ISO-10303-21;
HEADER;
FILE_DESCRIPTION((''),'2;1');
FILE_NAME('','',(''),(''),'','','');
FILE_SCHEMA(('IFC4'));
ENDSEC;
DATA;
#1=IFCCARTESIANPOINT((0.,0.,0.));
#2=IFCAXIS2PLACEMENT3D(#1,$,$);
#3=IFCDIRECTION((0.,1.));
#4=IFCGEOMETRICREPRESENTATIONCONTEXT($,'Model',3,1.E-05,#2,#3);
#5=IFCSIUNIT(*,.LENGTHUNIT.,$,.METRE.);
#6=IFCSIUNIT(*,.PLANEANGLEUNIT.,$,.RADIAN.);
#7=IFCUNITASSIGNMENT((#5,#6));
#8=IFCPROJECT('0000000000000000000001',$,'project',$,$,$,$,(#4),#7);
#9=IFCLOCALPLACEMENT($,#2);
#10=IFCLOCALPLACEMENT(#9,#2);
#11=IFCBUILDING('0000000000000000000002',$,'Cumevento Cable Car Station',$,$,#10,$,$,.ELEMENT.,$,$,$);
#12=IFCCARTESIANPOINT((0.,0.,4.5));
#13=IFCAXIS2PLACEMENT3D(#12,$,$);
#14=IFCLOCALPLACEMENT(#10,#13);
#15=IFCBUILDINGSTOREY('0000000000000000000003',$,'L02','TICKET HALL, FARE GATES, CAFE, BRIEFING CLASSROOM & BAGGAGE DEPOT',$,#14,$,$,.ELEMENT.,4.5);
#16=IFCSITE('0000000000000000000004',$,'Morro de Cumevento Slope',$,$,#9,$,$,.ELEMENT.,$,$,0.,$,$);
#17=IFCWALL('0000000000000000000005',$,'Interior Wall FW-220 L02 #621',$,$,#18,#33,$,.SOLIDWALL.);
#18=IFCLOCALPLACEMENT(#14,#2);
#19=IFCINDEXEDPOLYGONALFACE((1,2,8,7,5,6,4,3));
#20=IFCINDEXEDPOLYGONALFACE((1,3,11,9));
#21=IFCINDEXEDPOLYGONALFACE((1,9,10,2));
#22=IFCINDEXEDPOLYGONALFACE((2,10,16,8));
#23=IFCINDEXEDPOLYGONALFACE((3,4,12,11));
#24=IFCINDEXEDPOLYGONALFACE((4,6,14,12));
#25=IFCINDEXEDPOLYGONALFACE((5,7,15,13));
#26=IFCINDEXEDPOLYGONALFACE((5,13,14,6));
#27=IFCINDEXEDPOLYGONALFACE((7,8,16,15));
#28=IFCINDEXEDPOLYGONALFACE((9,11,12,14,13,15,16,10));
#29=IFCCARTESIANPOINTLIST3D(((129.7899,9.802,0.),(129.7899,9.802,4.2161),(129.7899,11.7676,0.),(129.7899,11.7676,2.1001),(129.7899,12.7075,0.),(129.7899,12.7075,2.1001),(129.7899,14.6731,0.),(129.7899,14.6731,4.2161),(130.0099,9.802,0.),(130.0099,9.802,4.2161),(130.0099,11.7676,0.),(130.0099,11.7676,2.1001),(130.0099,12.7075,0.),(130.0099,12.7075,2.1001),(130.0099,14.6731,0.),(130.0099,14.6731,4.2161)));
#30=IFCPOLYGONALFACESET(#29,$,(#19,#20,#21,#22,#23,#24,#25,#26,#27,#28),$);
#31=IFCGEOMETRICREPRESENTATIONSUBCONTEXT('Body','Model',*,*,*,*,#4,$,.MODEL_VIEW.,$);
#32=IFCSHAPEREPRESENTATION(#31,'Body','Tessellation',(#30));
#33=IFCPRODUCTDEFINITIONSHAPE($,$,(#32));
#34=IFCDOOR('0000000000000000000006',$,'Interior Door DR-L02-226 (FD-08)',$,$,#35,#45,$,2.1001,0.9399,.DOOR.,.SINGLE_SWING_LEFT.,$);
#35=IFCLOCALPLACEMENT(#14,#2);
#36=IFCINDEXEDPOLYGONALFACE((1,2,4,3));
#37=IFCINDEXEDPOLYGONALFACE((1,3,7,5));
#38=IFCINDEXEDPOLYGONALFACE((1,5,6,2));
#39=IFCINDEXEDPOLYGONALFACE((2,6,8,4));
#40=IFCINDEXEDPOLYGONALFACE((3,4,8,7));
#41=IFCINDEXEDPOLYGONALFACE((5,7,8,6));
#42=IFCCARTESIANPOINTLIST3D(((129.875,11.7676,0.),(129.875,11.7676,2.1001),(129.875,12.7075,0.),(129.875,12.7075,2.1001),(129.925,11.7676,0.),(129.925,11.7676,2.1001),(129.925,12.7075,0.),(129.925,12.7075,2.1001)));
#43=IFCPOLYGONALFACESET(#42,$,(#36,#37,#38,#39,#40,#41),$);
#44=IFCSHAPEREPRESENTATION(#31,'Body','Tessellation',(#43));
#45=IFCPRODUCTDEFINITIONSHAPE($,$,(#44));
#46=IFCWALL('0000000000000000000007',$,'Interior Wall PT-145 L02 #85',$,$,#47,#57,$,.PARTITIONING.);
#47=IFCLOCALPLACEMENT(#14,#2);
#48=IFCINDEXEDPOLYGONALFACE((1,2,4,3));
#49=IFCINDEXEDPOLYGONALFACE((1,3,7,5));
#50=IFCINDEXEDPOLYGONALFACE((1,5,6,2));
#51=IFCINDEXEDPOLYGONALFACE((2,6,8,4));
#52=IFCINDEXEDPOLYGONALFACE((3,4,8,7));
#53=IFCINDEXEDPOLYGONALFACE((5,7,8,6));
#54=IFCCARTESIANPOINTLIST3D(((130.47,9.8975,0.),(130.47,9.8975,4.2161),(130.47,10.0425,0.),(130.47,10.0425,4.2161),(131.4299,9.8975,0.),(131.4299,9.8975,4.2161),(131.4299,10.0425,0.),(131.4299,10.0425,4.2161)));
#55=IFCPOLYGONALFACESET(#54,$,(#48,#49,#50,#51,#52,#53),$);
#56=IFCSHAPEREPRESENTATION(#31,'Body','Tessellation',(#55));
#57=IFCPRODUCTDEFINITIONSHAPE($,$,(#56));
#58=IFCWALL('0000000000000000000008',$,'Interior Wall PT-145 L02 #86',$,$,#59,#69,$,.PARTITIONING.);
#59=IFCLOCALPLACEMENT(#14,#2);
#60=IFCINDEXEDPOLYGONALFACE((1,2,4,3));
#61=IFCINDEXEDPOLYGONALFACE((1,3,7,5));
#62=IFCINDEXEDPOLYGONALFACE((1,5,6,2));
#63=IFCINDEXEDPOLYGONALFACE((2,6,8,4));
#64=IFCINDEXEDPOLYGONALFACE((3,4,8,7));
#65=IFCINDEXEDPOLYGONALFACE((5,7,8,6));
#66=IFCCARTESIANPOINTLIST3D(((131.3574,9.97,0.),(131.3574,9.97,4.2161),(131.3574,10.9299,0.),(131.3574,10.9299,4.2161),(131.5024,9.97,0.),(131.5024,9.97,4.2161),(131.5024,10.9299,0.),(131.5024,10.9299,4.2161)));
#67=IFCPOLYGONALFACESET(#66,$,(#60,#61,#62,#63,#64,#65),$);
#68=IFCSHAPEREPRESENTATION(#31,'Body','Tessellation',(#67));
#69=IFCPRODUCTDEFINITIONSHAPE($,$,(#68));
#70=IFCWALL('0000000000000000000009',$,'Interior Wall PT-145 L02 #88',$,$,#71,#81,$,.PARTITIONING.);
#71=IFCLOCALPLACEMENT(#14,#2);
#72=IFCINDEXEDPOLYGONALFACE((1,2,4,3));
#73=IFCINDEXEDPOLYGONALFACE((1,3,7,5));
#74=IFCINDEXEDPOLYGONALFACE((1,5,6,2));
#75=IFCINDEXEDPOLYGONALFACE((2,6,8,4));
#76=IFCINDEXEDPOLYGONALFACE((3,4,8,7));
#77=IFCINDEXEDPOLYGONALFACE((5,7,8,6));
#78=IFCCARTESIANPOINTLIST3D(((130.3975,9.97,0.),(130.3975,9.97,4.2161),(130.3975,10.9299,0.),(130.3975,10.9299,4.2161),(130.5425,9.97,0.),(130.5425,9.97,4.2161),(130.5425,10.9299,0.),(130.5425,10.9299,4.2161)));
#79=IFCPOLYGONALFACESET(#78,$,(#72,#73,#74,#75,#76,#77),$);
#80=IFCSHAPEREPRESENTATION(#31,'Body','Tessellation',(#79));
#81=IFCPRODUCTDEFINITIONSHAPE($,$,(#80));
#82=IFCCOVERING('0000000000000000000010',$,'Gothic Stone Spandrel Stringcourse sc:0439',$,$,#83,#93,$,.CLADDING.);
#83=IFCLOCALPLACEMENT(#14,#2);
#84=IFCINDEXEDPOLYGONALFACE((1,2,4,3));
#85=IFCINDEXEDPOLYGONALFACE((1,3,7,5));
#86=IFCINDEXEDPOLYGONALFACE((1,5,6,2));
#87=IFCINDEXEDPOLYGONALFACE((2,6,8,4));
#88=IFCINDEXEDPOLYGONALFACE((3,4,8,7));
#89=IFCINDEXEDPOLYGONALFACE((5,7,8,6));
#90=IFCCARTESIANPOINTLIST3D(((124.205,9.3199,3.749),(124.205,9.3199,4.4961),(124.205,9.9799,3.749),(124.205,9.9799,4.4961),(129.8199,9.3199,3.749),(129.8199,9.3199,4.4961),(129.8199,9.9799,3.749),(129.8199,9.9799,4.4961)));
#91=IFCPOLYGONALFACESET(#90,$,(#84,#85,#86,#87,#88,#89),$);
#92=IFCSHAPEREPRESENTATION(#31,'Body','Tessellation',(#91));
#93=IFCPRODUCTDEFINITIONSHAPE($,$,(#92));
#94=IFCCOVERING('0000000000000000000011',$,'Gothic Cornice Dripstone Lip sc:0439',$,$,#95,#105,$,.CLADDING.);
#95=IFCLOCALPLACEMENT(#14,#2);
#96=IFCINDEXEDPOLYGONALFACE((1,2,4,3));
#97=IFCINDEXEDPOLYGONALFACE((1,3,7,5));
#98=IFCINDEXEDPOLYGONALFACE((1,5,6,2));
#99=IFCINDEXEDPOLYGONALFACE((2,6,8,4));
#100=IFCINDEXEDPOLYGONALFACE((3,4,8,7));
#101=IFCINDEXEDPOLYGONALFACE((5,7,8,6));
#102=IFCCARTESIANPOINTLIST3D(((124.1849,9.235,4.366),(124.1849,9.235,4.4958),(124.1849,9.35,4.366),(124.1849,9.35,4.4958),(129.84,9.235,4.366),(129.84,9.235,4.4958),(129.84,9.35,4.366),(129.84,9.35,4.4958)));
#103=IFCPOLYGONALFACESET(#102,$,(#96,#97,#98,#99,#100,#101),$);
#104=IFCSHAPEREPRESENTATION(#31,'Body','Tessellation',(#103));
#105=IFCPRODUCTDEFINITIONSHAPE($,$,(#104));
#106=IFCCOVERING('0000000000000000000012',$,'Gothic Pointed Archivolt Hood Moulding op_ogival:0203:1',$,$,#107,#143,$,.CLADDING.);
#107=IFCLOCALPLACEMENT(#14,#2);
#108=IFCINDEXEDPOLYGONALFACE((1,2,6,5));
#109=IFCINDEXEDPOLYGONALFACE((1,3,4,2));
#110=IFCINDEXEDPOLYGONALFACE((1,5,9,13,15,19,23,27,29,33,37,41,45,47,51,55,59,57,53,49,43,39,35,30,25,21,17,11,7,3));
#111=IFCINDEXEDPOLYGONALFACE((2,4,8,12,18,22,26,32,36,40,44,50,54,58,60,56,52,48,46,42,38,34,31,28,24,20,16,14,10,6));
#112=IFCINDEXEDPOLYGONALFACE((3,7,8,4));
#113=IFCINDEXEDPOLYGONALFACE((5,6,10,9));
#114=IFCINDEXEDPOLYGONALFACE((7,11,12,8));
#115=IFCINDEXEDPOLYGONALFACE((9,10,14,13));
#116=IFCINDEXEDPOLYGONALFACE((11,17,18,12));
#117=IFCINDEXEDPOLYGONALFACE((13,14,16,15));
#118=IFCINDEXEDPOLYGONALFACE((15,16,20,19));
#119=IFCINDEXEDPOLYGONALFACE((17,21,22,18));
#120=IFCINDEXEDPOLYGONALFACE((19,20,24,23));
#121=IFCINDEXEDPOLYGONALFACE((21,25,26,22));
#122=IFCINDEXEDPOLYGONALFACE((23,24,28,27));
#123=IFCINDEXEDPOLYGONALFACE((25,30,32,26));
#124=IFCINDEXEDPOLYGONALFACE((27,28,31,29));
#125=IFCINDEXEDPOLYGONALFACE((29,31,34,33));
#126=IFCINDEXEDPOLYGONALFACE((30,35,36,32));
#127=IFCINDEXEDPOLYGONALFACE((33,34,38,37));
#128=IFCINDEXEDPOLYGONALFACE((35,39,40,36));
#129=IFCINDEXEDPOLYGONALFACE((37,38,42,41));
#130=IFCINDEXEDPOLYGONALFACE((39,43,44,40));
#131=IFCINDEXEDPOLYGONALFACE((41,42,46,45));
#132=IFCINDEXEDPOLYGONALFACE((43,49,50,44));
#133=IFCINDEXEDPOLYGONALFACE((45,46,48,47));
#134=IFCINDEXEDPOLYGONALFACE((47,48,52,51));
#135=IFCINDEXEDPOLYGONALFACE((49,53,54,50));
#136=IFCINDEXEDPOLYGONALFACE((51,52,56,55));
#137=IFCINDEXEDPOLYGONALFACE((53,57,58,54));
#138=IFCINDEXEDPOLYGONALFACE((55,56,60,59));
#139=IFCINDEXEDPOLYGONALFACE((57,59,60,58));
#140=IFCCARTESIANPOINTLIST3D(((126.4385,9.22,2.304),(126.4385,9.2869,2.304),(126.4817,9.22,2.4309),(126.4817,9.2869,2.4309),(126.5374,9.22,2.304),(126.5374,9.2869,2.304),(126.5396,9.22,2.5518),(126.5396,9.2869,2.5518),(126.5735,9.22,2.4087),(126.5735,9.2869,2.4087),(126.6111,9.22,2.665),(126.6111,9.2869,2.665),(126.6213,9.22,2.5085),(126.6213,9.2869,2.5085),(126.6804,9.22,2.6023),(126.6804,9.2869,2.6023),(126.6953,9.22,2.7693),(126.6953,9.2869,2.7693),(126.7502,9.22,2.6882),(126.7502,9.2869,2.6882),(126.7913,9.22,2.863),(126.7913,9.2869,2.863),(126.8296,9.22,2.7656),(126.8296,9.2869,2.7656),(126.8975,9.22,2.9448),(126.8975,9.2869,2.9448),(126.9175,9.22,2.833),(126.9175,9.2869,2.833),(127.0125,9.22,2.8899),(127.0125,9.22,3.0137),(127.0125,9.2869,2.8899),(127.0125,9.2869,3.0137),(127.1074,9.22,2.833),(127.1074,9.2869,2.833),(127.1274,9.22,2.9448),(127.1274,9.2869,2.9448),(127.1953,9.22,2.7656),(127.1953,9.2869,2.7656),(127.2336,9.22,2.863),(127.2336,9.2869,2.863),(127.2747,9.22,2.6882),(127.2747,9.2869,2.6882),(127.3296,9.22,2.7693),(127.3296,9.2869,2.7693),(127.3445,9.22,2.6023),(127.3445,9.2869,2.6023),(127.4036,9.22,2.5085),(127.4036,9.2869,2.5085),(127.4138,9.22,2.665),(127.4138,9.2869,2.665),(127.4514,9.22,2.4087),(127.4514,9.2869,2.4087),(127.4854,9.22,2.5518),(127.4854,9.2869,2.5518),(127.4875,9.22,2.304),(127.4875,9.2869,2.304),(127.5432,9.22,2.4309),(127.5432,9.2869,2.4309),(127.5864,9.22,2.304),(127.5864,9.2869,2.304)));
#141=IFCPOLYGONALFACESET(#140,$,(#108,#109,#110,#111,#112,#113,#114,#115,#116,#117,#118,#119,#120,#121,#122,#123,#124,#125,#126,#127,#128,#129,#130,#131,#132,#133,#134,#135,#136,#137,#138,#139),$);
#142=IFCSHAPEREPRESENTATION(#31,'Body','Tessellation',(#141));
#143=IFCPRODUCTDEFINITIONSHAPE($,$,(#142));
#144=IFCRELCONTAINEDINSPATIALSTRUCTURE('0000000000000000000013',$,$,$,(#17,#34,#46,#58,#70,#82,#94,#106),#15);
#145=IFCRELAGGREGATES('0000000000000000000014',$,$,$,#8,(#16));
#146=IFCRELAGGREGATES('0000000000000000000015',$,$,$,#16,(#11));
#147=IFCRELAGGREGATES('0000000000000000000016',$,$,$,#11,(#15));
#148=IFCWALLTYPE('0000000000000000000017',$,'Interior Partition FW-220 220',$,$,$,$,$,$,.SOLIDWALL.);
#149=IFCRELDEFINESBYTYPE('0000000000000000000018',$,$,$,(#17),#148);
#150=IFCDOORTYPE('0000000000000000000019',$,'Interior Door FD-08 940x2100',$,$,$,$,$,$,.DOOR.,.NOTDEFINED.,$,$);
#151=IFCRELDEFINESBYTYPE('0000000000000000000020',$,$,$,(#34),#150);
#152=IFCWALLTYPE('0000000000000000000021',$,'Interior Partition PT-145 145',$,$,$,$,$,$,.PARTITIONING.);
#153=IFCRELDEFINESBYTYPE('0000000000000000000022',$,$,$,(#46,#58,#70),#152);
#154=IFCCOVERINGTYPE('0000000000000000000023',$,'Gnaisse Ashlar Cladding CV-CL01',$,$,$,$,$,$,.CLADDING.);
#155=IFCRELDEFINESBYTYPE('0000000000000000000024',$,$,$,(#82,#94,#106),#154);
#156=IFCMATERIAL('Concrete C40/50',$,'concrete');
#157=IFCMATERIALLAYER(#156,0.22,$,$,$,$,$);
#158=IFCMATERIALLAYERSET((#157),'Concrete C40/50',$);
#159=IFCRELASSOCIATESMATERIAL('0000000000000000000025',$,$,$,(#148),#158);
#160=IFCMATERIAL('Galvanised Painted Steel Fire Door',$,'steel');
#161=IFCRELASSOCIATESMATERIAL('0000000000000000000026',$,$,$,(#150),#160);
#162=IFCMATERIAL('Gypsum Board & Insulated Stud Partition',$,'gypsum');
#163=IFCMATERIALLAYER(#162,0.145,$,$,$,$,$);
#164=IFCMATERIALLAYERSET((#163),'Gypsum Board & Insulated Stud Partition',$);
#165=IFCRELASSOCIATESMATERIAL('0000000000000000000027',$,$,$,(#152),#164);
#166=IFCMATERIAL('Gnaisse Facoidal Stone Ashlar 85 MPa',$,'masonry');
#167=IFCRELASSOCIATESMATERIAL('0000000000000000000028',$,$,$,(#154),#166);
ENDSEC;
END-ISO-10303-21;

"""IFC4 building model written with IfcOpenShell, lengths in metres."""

from ifc_helpers import new_model, si_unit, direction, frame, frame_2d, origin, origin_2d, place, context, subcontext, project, spatial, polyline, rectangle, outline, extrude, material, layer, layer_set, type_object, element, fill, save


model = new_model("IFC4")

# Units and contexts
model_context = context("Model", 3, precision=1e-05, world=origin(), true_north=direction((0.0, 1.0)))
body_context = subcontext(model_context, "Body", "Model", "MODEL_VIEW")
ifc_project = project(units=[si_unit("LENGTHUNIT", "METRE"), si_unit("PLANEANGLEUNIT", "RADIAN")], contexts=[model_context])

# Site, building, storey
site_placement = place(None, origin())
site = spatial("IfcSite", under=ifc_project, at=site_placement, Name="Morro de Cumevento Slope", CompositionType="ELEMENT", RefElevation=0.0)
building_placement = place(site_placement, origin())
building = spatial("IfcBuilding", under=site, at=building_placement, Name="Cumevento Cable Car Station", CompositionType="ELEMENT")
storey_placement = place(building_placement, frame((0.0, 0.0, 4.5)))
storey = spatial("IfcBuildingStorey", under=building, at=storey_placement, Name="L02", Description="TICKET HALL, FARE GATES, CAFE, BRIEFING CLASSROOM & BAGGAGE DEPOT", CompositionType="ELEMENT", Elevation=4.5)

# Wall, opening, door
ifc_material_1 = material(Name="Concrete C40/50", Category="concrete")
ifc_layer_1 = layer(ifc_material_1, 0.22)
ifc_layer_set_1 = layer_set([ifc_layer_1], Name="Concrete C40/50")
wall_type_1 = type_object("IfcWallType", Name="Interior Partition FW-220 220", PredefinedType="SOLIDWALL", material=ifc_layer_set_1)
wall_1_placement = place(storey_placement, frame((129.8999, 9.802, 0.0), z_axis=(0.0, 0.0, 1.0), x_axis=(0.0, 1.0, 0.0)))
wall_1 = element("IfcWall", 1, at=wall_1_placement, inside=storey, type_object=wall_type_1, Name="Interior Wall FW-220 L02 #621", PredefinedType="SOLIDWALL", context=body_context, shape_type="SweptSolid", body=[
    extrude(rectangle(XDim=4.8711, YDim=0.22, at=frame_2d((2.4355, 0.0))), origin(), (0.0, 0.0, 1.0), 4.2161),
])
opening_1_placement = place(wall_1_placement, frame((1.9656, 0.0, 0.0)))
opening_1 = element("IfcOpeningElement", 2, at=opening_1_placement, cuts=wall_1, PredefinedType="OPENING", context=body_context, shape_type="SweptSolid", body=[
    extrude(rectangle(XDim=0.9399, YDim=2.1001, at=frame_2d((0.47, 1.05))), frame((0.0, 0.1199, 0.0), z_axis=(0.0, -1.0, 0.0), x_axis=(1.0, 0.0, 0.0)), (0.0, 0.0, 1.0), 0.24),
])
ifc_material_2 = material(Name="Galvanised Painted Steel Fire Door", Category="steel")
door_type = type_object("IfcDoorType", Name="Interior Door FD-08 940x2100", OperationType="NOTDEFINED", PredefinedType="DOOR", material=ifc_material_2)
door_placement = place(opening_1_placement, origin())
door = element("IfcDoor", 3, at=door_placement, inside=storey, type_object=door_type, Name="Interior Door DR-L02-226 (FD-08)", OperationType="SINGLE_SWING_LEFT", OverallHeight=2.1001, OverallWidth=0.9399, PredefinedType="DOOR", context=body_context, shape_type="SweptSolid", body=[
    extrude(rectangle(XDim=0.9399, YDim=2.1001, at=frame_2d((0.47, 1.05))), frame((0.0, 0.0249, 0.0), z_axis=(0.0, -1.0, 0.0), x_axis=(1.0, 0.0, 0.0)), (0.0, 0.0, 1.0), 0.05),
])
fill(opening_1, door)

# Walls
ifc_material_3 = material(Name="Gypsum Board & Insulated Stud Partition", Category="gypsum")
ifc_layer_2 = layer(ifc_material_3, 0.145)
ifc_layer_set_2 = layer_set([ifc_layer_2], Name="Gypsum Board & Insulated Stud Partition")
wall_type_2 = type_object("IfcWallType", Name="Interior Partition PT-145 145", PredefinedType="PARTITIONING", material=ifc_layer_set_2)
for number, where, z_axis, x_axis, name in (
    (4, (130.47, 9.97, 0.0), (0.0, 0.0, 1.0), (1.0, 0.0, 0.0), "Interior Wall PT-145 L02 #85"),
    (5, (131.4299, 9.97, 0.0), (0.0, 0.0, 1.0), (0.0, 1.0, 0.0), "Interior Wall PT-145 L02 #86"),
    (6, (130.47, 10.9299, 0.0), (0.0, 0.0, 1.0), (0.0, -1.0, 0.0), "Interior Wall PT-145 L02 #88"),
):
    element("IfcWall", number, at=place(storey_placement, frame(where, z_axis=z_axis, x_axis=x_axis)), inside=storey, type_object=wall_type_2, Name=name, PredefinedType="PARTITIONING", context=body_context, shape_type="SweptSolid", body=[
        extrude(rectangle(XDim=0.96, YDim=0.145, at=frame_2d((0.48, 0.0))), origin(), (0.0, 0.0, 1.0), 4.2161),
    ])

# Coverings
ifc_material_4 = material(Name="Gnaisse Facoidal Stone Ashlar 85 MPa", Category="masonry")
covering_type = type_object("IfcCoveringType", Name="Gnaisse Ashlar Cladding CV-CL01", PredefinedType="CLADDING", material=ifc_material_4)
covering_1_placement = place(storey_placement, frame((127.0125, 9.6499, 3.749), z_axis=(0.0, 0.0, 1.0), x_axis=(-1.0, 0.0, 0.0)))
element("IfcCovering", 7, at=covering_1_placement, inside=storey, type_object=covering_type, Name="Gothic Stone Spandrel Stringcourse sc:0439", PredefinedType="CLADDING", context=body_context, shape_type="SweptSolid", body=[
    extrude(rectangle(XDim=5.615, YDim=0.6599, at=origin_2d()), origin(), (0.0, 0.0, 1.0), 0.7471),
])
covering_2_placement = place(storey_placement, frame((127.0125, 9.2925, 4.366), z_axis=(0.0, 0.0, 1.0), x_axis=(-1.0, 0.0, 0.0)))
element("IfcCovering", 8, at=covering_2_placement, inside=storey, type_object=covering_type, Name="Gothic Cornice Dripstone Lip sc:0439", PredefinedType="CLADDING", context=body_context, shape_type="SweptSolid", body=[
    extrude(rectangle(XDim=5.655, YDim=0.115, at=origin_2d()), origin(), (0.0, 0.0, 1.0), 0.1299),
])
covering_3_placement = place(storey_placement, frame((127.6274, 9.5, 2.304), z_axis=(0.0, 0.0, 1.0), x_axis=(-1.0, 0.0, 0.0)))
element("IfcCovering", 9, at=covering_3_placement, inside=storey, type_object=covering_type, Name="Gothic Pointed Archivolt Hood Moulding op_ogival:0203:1", PredefinedType="CLADDING", context=body_context, shape_type="SweptSolid", body=[
    extrude(outline(polyline([(0.1399, 0.0), (0.176, 0.1047), (0.2239, 0.2046), (0.283, 0.2983), (0.3528, 0.3843), (0.4321, 0.4617), (0.52, 0.5291), (0.615, 0.5859), (0.71, 0.5291), (0.7979, 0.4617), (0.8772, 0.3843), (0.947, 0.2983), (1.0061, 0.2046), (1.054, 0.1047), (1.0901, 0.0), (1.189, 0.0), (1.1458, 0.127), (1.0879, 0.2478), (1.0164, 0.3611), (0.9321, 0.4653), (0.8362, 0.5591), (0.73, 0.6409), (0.615, 0.7097), (0.5, 0.6409), (0.3938, 0.5591), (0.2979, 0.4653), (0.2136, 0.3611), (0.1421, 0.2478), (0.0842, 0.127), (0.041, 0.0), (0.1399, 0.0)])), frame((0.0, 0.28, 0.0), z_axis=(0.0, -1.0, 0.0), x_axis=(1.0, 0.0, 0.0)), (0.0, 0.0, 1.0), 0.0669),
])

save(model, "model.ifc")
